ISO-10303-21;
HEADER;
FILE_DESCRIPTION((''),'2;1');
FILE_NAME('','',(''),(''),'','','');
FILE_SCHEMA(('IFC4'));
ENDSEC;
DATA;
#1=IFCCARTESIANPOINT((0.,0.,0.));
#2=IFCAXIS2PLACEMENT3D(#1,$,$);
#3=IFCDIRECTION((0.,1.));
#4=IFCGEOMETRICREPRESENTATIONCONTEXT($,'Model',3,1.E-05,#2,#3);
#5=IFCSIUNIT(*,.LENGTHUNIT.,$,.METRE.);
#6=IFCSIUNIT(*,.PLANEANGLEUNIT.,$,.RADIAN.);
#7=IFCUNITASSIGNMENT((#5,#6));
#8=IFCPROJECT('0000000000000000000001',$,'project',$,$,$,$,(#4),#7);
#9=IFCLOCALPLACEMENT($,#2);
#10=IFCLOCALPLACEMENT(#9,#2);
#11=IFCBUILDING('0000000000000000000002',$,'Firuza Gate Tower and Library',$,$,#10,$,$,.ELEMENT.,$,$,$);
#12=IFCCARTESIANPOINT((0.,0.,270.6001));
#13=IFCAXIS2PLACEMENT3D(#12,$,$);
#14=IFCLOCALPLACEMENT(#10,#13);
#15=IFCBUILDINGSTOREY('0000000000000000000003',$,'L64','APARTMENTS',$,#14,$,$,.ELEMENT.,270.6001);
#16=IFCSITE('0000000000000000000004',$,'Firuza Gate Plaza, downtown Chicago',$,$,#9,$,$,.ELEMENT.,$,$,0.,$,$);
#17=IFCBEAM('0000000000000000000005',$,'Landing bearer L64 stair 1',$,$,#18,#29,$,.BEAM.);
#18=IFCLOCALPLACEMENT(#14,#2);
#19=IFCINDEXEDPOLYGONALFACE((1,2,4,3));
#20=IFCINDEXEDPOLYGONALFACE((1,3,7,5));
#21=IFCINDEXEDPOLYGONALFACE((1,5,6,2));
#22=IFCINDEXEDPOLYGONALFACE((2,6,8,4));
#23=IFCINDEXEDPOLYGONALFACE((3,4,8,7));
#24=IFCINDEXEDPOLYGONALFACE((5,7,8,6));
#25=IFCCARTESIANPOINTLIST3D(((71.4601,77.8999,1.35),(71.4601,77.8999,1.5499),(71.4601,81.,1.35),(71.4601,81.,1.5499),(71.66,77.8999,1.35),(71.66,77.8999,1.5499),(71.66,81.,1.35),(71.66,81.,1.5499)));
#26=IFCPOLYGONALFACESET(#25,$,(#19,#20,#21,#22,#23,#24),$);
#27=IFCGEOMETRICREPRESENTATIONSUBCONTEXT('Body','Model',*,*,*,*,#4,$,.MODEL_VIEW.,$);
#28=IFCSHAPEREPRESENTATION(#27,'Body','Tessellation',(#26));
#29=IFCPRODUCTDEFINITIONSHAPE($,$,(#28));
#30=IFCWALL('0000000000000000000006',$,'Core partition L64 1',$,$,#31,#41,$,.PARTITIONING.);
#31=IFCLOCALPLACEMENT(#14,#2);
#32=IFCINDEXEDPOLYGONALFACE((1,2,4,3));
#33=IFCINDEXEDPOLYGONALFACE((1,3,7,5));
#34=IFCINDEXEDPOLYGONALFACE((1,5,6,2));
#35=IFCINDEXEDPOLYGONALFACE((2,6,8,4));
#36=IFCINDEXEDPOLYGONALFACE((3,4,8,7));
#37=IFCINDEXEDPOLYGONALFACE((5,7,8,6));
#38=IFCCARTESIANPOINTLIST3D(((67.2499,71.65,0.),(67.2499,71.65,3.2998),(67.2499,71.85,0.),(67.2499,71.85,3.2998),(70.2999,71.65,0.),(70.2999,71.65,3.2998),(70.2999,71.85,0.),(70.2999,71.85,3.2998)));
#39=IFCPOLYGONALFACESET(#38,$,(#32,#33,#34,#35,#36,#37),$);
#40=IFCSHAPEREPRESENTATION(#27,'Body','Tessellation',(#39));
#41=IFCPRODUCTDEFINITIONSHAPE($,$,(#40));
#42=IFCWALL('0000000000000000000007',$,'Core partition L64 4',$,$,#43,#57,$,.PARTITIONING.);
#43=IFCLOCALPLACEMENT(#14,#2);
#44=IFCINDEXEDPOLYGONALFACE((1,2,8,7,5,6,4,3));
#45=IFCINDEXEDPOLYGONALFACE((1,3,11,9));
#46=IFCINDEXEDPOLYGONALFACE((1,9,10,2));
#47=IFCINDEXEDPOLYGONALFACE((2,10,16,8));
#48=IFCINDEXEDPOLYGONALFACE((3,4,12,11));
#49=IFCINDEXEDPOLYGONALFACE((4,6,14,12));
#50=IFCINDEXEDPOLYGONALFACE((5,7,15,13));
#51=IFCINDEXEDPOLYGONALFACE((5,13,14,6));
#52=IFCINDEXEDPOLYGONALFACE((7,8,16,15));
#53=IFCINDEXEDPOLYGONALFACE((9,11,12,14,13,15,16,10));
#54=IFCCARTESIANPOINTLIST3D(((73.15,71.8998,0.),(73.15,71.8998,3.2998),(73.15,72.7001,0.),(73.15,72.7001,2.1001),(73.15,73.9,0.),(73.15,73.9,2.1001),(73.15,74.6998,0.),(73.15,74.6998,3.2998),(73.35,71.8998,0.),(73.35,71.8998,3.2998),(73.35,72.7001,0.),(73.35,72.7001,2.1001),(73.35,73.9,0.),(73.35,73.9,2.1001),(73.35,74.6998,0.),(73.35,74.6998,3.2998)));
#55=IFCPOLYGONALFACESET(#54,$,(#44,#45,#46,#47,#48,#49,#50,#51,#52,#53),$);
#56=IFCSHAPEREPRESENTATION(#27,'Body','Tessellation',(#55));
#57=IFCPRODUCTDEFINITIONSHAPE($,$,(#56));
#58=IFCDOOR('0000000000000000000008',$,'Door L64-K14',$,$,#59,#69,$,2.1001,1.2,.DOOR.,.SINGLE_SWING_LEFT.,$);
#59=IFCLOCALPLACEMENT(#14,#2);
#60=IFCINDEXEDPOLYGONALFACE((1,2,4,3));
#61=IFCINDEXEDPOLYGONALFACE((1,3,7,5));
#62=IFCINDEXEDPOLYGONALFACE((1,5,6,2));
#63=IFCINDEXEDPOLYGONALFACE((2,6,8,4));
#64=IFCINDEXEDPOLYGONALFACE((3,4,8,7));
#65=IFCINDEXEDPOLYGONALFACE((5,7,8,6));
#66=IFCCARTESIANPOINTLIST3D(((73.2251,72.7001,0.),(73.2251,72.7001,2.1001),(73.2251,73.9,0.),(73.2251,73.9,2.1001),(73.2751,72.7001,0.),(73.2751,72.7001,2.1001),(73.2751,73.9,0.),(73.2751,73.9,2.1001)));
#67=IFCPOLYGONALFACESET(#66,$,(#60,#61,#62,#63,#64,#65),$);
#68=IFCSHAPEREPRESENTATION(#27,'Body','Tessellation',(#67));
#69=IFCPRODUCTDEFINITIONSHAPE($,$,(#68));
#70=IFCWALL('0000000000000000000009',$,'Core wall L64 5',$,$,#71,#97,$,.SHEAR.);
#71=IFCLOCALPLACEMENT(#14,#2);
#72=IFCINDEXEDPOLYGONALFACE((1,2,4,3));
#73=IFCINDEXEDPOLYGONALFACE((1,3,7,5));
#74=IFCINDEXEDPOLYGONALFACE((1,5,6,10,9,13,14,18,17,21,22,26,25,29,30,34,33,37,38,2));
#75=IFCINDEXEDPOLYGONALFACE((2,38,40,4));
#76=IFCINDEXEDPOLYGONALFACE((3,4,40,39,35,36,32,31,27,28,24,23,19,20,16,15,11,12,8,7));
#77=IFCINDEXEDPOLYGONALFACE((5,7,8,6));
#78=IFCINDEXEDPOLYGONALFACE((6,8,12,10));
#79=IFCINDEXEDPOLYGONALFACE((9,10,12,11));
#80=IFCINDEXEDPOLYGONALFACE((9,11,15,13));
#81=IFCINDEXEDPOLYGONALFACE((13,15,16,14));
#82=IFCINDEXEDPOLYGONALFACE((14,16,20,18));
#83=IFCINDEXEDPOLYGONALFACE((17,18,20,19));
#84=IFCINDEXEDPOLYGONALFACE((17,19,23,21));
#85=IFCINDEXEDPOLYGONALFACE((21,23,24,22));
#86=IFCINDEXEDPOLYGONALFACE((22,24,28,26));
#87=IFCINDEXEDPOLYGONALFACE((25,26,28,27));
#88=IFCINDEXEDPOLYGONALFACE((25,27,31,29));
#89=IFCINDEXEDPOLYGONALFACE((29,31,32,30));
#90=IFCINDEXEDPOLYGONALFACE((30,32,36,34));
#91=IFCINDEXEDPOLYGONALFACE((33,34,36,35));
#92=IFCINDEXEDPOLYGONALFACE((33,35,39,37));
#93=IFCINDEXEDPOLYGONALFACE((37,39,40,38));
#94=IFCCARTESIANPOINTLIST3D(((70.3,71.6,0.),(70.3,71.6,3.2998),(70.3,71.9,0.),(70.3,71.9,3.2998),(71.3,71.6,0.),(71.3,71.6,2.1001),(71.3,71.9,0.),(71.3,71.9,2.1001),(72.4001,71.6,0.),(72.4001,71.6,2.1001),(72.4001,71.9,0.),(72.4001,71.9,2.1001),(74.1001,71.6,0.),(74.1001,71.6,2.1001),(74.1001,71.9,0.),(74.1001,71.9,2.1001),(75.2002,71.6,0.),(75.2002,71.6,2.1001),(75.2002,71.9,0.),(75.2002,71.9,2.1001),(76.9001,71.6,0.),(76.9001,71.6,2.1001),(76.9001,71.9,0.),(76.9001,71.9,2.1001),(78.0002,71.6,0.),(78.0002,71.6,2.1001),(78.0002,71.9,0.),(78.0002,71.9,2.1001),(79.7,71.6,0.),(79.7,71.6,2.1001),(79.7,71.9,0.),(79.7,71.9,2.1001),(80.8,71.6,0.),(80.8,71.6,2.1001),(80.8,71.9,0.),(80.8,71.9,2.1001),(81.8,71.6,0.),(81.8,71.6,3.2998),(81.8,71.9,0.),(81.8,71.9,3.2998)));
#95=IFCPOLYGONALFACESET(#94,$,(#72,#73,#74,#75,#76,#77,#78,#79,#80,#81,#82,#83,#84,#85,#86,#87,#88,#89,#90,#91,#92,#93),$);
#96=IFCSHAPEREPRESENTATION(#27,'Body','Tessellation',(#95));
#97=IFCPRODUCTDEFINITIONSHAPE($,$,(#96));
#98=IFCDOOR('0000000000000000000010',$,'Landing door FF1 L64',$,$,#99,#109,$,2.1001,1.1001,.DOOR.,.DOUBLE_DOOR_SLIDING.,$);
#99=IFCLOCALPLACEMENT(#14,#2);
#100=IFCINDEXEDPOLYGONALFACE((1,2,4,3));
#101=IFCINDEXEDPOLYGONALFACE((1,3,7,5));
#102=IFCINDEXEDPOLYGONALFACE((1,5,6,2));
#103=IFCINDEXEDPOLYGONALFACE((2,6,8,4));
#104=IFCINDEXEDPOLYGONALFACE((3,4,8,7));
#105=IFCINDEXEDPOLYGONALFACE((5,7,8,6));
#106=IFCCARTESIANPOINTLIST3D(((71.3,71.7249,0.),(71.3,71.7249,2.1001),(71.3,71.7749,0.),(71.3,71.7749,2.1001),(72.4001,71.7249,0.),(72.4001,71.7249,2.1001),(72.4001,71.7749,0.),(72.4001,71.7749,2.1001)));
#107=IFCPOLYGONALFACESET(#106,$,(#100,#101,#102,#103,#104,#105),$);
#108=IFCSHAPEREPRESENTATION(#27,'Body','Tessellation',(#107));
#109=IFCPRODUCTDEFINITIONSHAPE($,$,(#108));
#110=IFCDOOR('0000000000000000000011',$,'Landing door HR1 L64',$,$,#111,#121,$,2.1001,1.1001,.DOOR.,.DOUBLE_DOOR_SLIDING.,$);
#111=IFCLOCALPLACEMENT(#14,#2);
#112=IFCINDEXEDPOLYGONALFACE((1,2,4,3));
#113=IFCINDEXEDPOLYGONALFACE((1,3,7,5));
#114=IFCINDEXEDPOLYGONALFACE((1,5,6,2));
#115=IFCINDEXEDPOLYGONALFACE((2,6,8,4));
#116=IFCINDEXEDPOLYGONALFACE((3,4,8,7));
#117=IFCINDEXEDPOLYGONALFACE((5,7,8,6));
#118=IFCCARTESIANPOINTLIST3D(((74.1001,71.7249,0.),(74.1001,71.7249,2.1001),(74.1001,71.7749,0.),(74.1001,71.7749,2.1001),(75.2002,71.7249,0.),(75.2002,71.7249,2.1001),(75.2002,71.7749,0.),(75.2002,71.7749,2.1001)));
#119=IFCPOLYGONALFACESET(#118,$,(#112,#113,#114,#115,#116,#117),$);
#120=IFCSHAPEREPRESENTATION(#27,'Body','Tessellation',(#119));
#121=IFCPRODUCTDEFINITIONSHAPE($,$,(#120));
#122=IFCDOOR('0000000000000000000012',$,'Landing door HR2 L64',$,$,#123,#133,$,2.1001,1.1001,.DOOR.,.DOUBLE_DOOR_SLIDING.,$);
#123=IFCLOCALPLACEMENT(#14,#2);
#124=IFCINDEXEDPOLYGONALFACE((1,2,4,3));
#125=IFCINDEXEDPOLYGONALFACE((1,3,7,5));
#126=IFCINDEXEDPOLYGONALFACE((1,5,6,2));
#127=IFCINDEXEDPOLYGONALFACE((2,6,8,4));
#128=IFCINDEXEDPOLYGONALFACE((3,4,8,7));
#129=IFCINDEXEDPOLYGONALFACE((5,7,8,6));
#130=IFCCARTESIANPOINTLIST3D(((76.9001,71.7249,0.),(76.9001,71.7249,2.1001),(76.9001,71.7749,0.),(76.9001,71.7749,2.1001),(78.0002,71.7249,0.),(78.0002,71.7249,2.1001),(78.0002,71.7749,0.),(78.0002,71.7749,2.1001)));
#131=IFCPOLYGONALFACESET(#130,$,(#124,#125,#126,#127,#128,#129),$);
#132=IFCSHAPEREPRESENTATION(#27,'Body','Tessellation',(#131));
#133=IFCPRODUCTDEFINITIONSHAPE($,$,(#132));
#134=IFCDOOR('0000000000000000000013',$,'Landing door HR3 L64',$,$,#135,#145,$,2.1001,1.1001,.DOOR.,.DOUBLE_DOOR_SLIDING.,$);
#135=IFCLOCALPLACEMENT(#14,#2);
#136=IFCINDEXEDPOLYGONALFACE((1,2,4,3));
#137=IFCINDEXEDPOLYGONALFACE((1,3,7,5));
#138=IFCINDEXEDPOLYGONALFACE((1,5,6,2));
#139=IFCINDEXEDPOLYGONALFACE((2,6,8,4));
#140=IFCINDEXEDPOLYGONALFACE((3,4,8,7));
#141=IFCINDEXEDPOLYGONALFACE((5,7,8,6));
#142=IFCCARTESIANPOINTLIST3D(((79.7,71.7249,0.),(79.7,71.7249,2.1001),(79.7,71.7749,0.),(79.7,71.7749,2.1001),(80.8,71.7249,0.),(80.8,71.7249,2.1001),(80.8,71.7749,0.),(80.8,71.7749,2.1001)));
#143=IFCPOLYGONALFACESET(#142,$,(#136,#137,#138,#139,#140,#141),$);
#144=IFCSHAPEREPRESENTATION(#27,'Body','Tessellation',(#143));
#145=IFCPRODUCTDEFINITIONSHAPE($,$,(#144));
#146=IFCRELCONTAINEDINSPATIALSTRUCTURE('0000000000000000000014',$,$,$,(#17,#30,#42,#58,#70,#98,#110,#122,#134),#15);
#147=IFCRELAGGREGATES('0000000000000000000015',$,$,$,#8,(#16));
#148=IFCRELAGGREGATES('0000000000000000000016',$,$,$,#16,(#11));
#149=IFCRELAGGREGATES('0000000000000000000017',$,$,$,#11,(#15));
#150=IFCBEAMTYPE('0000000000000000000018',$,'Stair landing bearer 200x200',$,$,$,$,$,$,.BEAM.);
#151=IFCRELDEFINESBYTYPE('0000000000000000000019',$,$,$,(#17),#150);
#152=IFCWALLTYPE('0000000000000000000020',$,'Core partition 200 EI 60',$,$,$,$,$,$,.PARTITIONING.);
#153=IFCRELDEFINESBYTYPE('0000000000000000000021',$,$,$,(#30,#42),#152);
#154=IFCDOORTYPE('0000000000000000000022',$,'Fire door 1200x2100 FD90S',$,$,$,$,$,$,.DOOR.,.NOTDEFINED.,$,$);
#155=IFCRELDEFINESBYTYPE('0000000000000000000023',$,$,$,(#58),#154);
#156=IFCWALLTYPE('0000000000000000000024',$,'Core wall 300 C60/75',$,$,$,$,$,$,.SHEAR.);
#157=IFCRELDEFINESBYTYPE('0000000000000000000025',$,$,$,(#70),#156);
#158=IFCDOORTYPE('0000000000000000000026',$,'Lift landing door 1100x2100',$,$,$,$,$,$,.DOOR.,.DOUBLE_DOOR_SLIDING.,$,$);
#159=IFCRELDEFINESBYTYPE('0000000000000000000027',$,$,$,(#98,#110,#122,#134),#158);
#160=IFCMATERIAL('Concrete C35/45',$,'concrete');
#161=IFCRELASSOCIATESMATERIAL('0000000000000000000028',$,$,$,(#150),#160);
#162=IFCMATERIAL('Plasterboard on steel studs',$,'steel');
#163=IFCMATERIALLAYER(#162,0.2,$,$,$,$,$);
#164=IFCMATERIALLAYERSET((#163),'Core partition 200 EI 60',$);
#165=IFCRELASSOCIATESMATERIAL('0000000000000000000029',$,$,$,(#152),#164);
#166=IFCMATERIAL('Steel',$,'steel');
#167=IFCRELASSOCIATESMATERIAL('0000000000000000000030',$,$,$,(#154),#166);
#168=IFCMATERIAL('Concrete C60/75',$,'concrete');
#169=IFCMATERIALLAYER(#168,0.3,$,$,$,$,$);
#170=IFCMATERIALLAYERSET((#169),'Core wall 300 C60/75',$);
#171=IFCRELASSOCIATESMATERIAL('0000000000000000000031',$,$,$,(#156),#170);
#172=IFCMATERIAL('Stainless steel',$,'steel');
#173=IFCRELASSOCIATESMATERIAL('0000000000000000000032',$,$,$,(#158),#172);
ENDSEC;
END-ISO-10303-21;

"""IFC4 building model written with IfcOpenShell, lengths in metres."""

from ifc_helpers import new_model, si_unit, direction, frame, frame_2d, origin, origin_2d, place, context, subcontext, project, spatial, rectangle, extrude, material, layer, layer_set, material_profile, profile_set, type_object, element, fill, save


model = new_model("IFC4")

# Units and contexts
model_context = context("Model", 3, precision=1e-05, world=origin(), true_north=direction((0.0, 1.0)))
body_context = subcontext(model_context, "Body", "Model", "MODEL_VIEW")
ifc_project = project(units=[si_unit("LENGTHUNIT", "METRE"), si_unit("PLANEANGLEUNIT", "RADIAN")], contexts=[model_context])

# Site, building, storey
site_placement = place(None, origin())
site = spatial("IfcSite", under=ifc_project, at=site_placement, Name="Firuza Gate Plaza, downtown Chicago", CompositionType="ELEMENT", RefElevation=0.0)
building_placement = place(site_placement, origin())
building = spatial("IfcBuilding", under=site, at=building_placement, Name="Firuza Gate Tower and Library", CompositionType="ELEMENT")
storey_placement = place(building_placement, frame((0.0, 0.0, 270.6001)))
storey = spatial("IfcBuildingStorey", under=building, at=storey_placement, Name="L64", Description="APARTMENTS", CompositionType="ELEMENT", Elevation=270.6001)

# Beam
ifc_material_1 = material(Name="Concrete C35/45", Category="concrete")
ifc_material_profile = material_profile(ifc_material_1, rectangle(XDim=0.2, YDim=0.2, at=origin_2d()))
ifc_profile_set = profile_set([ifc_material_profile], Name="Concrete C35/45")
beam_type = type_object("IfcBeamType", Name="Stair landing bearer 200x200", PredefinedType="BEAM", material=ifc_profile_set)
beam_placement = place(storey_placement, frame((71.5601, 77.8999, 1.45), z_axis=(0.0, 1.0, 0.0), x_axis=(-1.0, 0.0, 0.0)))
element("IfcBeam", 1, at=beam_placement, inside=storey, type_object=beam_type, Name="Landing bearer L64 stair 1", PredefinedType="BEAM", context=body_context, shape_type="SweptSolid", body=[
    extrude(rectangle(XDim=0.2, YDim=0.2, at=origin_2d()), origin(), (0.0, 0.0, 1.0), 3.1001),
])

# Wall
ifc_material_2 = material(Name="Plasterboard on steel studs", Category="steel")
ifc_layer_1 = layer(ifc_material_2, 0.2)
ifc_layer_set_1 = layer_set([ifc_layer_1], Name="Core partition 200 EI 60")
wall_type_1 = type_object("IfcWallType", Name="Core partition 200 EI 60", PredefinedType="PARTITIONING", material=ifc_layer_set_1)
wall_1_placement = place(storey_placement, frame((67.25, 71.75, 0.0), z_axis=(0.0, 0.0, 1.0), x_axis=(1.0, 0.0, 0.0)))
element("IfcWall", 2, at=wall_1_placement, inside=storey, type_object=wall_type_1, Name="Core partition L64 1", PredefinedType="PARTITIONING", context=body_context, shape_type="SweptSolid", body=[
    extrude(rectangle(XDim=3.05, YDim=0.2, at=frame_2d((1.5249, 0.0))), origin(), (0.0, 0.0, 1.0), 3.2998),
])

# Wall, opening, door
wall_2_placement = place(storey_placement, frame((73.25, 71.8999, 0.0), z_axis=(0.0, 0.0, 1.0), x_axis=(0.0, 1.0, 0.0)))
wall_2 = element("IfcWall", 3, at=wall_2_placement, inside=storey, type_object=wall_type_1, Name="Core partition L64 4", PredefinedType="PARTITIONING", context=body_context, shape_type="SweptSolid", body=[
    extrude(rectangle(XDim=2.8, YDim=0.2, at=frame_2d((1.3999, 0.0))), origin(), (0.0, 0.0, 1.0), 3.2998),
])
opening_1_placement = place(wall_2_placement, frame((0.8, 0.0, 0.0)))
opening_1 = element("IfcOpeningElement", 4, at=opening_1_placement, cuts=wall_2, PredefinedType="OPENING", context=body_context, shape_type="SweptSolid", body=[
    extrude(rectangle(XDim=1.2, YDim=2.1001, at=frame_2d((0.6001, 1.05))), frame((0.0, 0.1099, 0.0), z_axis=(0.0, -1.0, 0.0), x_axis=(1.0, 0.0, 0.0)), (0.0, 0.0, 1.0), 0.22),
])
ifc_material_3 = material(Name="Steel", Category="steel")
door_type_1 = type_object("IfcDoorType", Name="Fire door 1200x2100 FD90S", OperationType="NOTDEFINED", PredefinedType="DOOR", material=ifc_material_3)
door_1_placement = place(opening_1_placement, origin())
door_1 = element("IfcDoor", 5, at=door_1_placement, inside=storey, type_object=door_type_1, Name="Door L64-K14", OperationType="SINGLE_SWING_LEFT", OverallHeight=2.1001, OverallWidth=1.2, PredefinedType="DOOR", context=body_context, shape_type="SweptSolid", body=[
    extrude(rectangle(XDim=1.2, YDim=2.1001, at=frame_2d((0.6001, 1.05))), frame((0.0, 0.0249, 0.0), z_axis=(0.0, -1.0, 0.0), x_axis=(1.0, 0.0, 0.0)), (0.0, 0.0, 1.0), 0.05),
])
fill(opening_1, door_1)

# Wall, openings, doors
ifc_material_4 = material(Name="Concrete C60/75", Category="concrete")
ifc_layer_2 = layer(ifc_material_4, 0.3)
ifc_layer_set_2 = layer_set([ifc_layer_2], Name="Core wall 300 C60/75")
wall_type_2 = type_object("IfcWallType", Name="Core wall 300 C60/75", PredefinedType="SHEAR", material=ifc_layer_set_2)
wall_3_placement = place(storey_placement, frame((70.3, 71.75, 0.0), z_axis=(0.0, 0.0, 1.0), x_axis=(1.0, 0.0, 0.0)))
wall_3 = element("IfcWall", 6, at=wall_3_placement, inside=storey, type_object=wall_type_2, Name="Core wall L64 5", PredefinedType="SHEAR", context=body_context, shape_type="SweptSolid", body=[
    extrude(rectangle(XDim=11.5, YDim=0.3, at=frame_2d((5.75, 0.0))), origin(), (0.0, 0.0, 1.0), 3.2998),
])
opening_2_placement = place(wall_3_placement, frame((1.0, 0.0, 0.0)))
opening_2 = element("IfcOpeningElement", 7, at=opening_2_placement, cuts=wall_3, PredefinedType="OPENING", context=body_context, shape_type="SweptSolid", body=[
    extrude(rectangle(XDim=1.1001, YDim=2.1001, at=frame_2d((0.55, 1.05))), frame((0.0, 0.1602, 0.0), z_axis=(0.0, -1.0, 0.0), x_axis=(1.0, 0.0, 0.0)), (0.0, 0.0, 1.0), 0.3201),
])
opening_3_placement = place(wall_3_placement, frame((3.8, 0.0, 0.0)))
opening_3 = element("IfcOpeningElement", 8, at=opening_3_placement, cuts=wall_3, PredefinedType="OPENING", context=body_context, shape_type="SweptSolid", body=[
    extrude(rectangle(XDim=1.1001, YDim=2.1001, at=frame_2d((0.55, 1.05))), frame((0.0, 0.1602, 0.0), z_axis=(0.0, -1.0, 0.0), x_axis=(1.0, 0.0, 0.0)), (0.0, 0.0, 1.0), 0.3201),
])
opening_4_placement = place(wall_3_placement, frame((6.6001, 0.0, 0.0)))
opening_4 = element("IfcOpeningElement", 9, at=opening_4_placement, cuts=wall_3, PredefinedType="OPENING", context=body_context, shape_type="SweptSolid", body=[
    extrude(rectangle(XDim=1.1001, YDim=2.1001, at=frame_2d((0.55, 1.05))), frame((0.0, 0.1602, 0.0), z_axis=(0.0, -1.0, 0.0), x_axis=(1.0, 0.0, 0.0)), (0.0, 0.0, 1.0), 0.3201),
])
opening_5_placement = place(wall_3_placement, frame((9.3999, 0.0, 0.0)))
opening_5 = element("IfcOpeningElement", 10, at=opening_5_placement, cuts=wall_3, PredefinedType="OPENING", context=body_context, shape_type="SweptSolid", body=[
    extrude(rectangle(XDim=1.1001, YDim=2.1001, at=frame_2d((0.55, 1.05))), frame((0.0, 0.1602, 0.0), z_axis=(0.0, -1.0, 0.0), x_axis=(1.0, 0.0, 0.0)), (0.0, 0.0, 1.0), 0.3201),
])
ifc_material_5 = material(Name="Stainless steel", Category="steel")
door_type_2 = type_object("IfcDoorType", Name="Lift landing door 1100x2100", OperationType="DOUBLE_DOOR_SLIDING", PredefinedType="DOOR", material=ifc_material_5)
door_2_placement = place(opening_2_placement, origin())
door_2 = element("IfcDoor", 11, at=door_2_placement, inside=storey, type_object=door_type_2, Name="Landing door FF1 L64", OperationType="DOUBLE_DOOR_SLIDING", OverallHeight=2.1001, OverallWidth=1.1001, PredefinedType="DOOR", context=body_context, shape_type="SweptSolid", body=[
    extrude(rectangle(XDim=1.1001, YDim=2.1001, at=frame_2d((0.55, 1.05))), frame((0.0, 0.0249, 0.0), z_axis=(0.0, -1.0, 0.0), x_axis=(1.0, 0.0, 0.0)), (0.0, 0.0, 1.0), 0.05),
])
fill(opening_2, door_2)
door_3_placement = place(opening_3_placement, origin())
door_3 = element("IfcDoor", 12, at=door_3_placement, inside=storey, type_object=door_type_2, Name="Landing door HR1 L64", OperationType="DOUBLE_DOOR_SLIDING", OverallHeight=2.1001, OverallWidth=1.1001, PredefinedType="DOOR", context=body_context, shape_type="SweptSolid", body=[
    extrude(rectangle(XDim=1.1001, YDim=2.1001, at=frame_2d((0.55, 1.05))), frame((0.0, 0.0249, 0.0), z_axis=(0.0, -1.0, 0.0), x_axis=(1.0, 0.0, 0.0)), (0.0, 0.0, 1.0), 0.05),
])
fill(opening_3, door_3)
door_4_placement = place(opening_4_placement, origin())
door_4 = element("IfcDoor", 13, at=door_4_placement, inside=storey, type_object=door_type_2, Name="Landing door HR2 L64", OperationType="DOUBLE_DOOR_SLIDING", OverallHeight=2.1001, OverallWidth=1.1001, PredefinedType="DOOR", context=body_context, shape_type="SweptSolid", body=[
    extrude(rectangle(XDim=1.1001, YDim=2.1001, at=frame_2d((0.55, 1.05))), frame((0.0, 0.0249, 0.0), z_axis=(0.0, -1.0, 0.0), x_axis=(1.0, 0.0, 0.0)), (0.0, 0.0, 1.0), 0.05),
])
fill(opening_4, door_4)
door_5_placement = place(opening_5_placement, origin())
door_5 = element("IfcDoor", 14, at=door_5_placement, inside=storey, type_object=door_type_2, Name="Landing door HR3 L64", OperationType="DOUBLE_DOOR_SLIDING", OverallHeight=2.1001, OverallWidth=1.1001, PredefinedType="DOOR", context=body_context, shape_type="SweptSolid", body=[
    extrude(rectangle(XDim=1.1001, YDim=2.1001, at=frame_2d((0.55, 1.05))), frame((0.0, 0.0249, 0.0), z_axis=(0.0, -1.0, 0.0), x_axis=(1.0, 0.0, 0.0)), (0.0, 0.0, 1.0), 0.05),
])
fill(opening_5, door_5)

save(model, "model.ifc")
